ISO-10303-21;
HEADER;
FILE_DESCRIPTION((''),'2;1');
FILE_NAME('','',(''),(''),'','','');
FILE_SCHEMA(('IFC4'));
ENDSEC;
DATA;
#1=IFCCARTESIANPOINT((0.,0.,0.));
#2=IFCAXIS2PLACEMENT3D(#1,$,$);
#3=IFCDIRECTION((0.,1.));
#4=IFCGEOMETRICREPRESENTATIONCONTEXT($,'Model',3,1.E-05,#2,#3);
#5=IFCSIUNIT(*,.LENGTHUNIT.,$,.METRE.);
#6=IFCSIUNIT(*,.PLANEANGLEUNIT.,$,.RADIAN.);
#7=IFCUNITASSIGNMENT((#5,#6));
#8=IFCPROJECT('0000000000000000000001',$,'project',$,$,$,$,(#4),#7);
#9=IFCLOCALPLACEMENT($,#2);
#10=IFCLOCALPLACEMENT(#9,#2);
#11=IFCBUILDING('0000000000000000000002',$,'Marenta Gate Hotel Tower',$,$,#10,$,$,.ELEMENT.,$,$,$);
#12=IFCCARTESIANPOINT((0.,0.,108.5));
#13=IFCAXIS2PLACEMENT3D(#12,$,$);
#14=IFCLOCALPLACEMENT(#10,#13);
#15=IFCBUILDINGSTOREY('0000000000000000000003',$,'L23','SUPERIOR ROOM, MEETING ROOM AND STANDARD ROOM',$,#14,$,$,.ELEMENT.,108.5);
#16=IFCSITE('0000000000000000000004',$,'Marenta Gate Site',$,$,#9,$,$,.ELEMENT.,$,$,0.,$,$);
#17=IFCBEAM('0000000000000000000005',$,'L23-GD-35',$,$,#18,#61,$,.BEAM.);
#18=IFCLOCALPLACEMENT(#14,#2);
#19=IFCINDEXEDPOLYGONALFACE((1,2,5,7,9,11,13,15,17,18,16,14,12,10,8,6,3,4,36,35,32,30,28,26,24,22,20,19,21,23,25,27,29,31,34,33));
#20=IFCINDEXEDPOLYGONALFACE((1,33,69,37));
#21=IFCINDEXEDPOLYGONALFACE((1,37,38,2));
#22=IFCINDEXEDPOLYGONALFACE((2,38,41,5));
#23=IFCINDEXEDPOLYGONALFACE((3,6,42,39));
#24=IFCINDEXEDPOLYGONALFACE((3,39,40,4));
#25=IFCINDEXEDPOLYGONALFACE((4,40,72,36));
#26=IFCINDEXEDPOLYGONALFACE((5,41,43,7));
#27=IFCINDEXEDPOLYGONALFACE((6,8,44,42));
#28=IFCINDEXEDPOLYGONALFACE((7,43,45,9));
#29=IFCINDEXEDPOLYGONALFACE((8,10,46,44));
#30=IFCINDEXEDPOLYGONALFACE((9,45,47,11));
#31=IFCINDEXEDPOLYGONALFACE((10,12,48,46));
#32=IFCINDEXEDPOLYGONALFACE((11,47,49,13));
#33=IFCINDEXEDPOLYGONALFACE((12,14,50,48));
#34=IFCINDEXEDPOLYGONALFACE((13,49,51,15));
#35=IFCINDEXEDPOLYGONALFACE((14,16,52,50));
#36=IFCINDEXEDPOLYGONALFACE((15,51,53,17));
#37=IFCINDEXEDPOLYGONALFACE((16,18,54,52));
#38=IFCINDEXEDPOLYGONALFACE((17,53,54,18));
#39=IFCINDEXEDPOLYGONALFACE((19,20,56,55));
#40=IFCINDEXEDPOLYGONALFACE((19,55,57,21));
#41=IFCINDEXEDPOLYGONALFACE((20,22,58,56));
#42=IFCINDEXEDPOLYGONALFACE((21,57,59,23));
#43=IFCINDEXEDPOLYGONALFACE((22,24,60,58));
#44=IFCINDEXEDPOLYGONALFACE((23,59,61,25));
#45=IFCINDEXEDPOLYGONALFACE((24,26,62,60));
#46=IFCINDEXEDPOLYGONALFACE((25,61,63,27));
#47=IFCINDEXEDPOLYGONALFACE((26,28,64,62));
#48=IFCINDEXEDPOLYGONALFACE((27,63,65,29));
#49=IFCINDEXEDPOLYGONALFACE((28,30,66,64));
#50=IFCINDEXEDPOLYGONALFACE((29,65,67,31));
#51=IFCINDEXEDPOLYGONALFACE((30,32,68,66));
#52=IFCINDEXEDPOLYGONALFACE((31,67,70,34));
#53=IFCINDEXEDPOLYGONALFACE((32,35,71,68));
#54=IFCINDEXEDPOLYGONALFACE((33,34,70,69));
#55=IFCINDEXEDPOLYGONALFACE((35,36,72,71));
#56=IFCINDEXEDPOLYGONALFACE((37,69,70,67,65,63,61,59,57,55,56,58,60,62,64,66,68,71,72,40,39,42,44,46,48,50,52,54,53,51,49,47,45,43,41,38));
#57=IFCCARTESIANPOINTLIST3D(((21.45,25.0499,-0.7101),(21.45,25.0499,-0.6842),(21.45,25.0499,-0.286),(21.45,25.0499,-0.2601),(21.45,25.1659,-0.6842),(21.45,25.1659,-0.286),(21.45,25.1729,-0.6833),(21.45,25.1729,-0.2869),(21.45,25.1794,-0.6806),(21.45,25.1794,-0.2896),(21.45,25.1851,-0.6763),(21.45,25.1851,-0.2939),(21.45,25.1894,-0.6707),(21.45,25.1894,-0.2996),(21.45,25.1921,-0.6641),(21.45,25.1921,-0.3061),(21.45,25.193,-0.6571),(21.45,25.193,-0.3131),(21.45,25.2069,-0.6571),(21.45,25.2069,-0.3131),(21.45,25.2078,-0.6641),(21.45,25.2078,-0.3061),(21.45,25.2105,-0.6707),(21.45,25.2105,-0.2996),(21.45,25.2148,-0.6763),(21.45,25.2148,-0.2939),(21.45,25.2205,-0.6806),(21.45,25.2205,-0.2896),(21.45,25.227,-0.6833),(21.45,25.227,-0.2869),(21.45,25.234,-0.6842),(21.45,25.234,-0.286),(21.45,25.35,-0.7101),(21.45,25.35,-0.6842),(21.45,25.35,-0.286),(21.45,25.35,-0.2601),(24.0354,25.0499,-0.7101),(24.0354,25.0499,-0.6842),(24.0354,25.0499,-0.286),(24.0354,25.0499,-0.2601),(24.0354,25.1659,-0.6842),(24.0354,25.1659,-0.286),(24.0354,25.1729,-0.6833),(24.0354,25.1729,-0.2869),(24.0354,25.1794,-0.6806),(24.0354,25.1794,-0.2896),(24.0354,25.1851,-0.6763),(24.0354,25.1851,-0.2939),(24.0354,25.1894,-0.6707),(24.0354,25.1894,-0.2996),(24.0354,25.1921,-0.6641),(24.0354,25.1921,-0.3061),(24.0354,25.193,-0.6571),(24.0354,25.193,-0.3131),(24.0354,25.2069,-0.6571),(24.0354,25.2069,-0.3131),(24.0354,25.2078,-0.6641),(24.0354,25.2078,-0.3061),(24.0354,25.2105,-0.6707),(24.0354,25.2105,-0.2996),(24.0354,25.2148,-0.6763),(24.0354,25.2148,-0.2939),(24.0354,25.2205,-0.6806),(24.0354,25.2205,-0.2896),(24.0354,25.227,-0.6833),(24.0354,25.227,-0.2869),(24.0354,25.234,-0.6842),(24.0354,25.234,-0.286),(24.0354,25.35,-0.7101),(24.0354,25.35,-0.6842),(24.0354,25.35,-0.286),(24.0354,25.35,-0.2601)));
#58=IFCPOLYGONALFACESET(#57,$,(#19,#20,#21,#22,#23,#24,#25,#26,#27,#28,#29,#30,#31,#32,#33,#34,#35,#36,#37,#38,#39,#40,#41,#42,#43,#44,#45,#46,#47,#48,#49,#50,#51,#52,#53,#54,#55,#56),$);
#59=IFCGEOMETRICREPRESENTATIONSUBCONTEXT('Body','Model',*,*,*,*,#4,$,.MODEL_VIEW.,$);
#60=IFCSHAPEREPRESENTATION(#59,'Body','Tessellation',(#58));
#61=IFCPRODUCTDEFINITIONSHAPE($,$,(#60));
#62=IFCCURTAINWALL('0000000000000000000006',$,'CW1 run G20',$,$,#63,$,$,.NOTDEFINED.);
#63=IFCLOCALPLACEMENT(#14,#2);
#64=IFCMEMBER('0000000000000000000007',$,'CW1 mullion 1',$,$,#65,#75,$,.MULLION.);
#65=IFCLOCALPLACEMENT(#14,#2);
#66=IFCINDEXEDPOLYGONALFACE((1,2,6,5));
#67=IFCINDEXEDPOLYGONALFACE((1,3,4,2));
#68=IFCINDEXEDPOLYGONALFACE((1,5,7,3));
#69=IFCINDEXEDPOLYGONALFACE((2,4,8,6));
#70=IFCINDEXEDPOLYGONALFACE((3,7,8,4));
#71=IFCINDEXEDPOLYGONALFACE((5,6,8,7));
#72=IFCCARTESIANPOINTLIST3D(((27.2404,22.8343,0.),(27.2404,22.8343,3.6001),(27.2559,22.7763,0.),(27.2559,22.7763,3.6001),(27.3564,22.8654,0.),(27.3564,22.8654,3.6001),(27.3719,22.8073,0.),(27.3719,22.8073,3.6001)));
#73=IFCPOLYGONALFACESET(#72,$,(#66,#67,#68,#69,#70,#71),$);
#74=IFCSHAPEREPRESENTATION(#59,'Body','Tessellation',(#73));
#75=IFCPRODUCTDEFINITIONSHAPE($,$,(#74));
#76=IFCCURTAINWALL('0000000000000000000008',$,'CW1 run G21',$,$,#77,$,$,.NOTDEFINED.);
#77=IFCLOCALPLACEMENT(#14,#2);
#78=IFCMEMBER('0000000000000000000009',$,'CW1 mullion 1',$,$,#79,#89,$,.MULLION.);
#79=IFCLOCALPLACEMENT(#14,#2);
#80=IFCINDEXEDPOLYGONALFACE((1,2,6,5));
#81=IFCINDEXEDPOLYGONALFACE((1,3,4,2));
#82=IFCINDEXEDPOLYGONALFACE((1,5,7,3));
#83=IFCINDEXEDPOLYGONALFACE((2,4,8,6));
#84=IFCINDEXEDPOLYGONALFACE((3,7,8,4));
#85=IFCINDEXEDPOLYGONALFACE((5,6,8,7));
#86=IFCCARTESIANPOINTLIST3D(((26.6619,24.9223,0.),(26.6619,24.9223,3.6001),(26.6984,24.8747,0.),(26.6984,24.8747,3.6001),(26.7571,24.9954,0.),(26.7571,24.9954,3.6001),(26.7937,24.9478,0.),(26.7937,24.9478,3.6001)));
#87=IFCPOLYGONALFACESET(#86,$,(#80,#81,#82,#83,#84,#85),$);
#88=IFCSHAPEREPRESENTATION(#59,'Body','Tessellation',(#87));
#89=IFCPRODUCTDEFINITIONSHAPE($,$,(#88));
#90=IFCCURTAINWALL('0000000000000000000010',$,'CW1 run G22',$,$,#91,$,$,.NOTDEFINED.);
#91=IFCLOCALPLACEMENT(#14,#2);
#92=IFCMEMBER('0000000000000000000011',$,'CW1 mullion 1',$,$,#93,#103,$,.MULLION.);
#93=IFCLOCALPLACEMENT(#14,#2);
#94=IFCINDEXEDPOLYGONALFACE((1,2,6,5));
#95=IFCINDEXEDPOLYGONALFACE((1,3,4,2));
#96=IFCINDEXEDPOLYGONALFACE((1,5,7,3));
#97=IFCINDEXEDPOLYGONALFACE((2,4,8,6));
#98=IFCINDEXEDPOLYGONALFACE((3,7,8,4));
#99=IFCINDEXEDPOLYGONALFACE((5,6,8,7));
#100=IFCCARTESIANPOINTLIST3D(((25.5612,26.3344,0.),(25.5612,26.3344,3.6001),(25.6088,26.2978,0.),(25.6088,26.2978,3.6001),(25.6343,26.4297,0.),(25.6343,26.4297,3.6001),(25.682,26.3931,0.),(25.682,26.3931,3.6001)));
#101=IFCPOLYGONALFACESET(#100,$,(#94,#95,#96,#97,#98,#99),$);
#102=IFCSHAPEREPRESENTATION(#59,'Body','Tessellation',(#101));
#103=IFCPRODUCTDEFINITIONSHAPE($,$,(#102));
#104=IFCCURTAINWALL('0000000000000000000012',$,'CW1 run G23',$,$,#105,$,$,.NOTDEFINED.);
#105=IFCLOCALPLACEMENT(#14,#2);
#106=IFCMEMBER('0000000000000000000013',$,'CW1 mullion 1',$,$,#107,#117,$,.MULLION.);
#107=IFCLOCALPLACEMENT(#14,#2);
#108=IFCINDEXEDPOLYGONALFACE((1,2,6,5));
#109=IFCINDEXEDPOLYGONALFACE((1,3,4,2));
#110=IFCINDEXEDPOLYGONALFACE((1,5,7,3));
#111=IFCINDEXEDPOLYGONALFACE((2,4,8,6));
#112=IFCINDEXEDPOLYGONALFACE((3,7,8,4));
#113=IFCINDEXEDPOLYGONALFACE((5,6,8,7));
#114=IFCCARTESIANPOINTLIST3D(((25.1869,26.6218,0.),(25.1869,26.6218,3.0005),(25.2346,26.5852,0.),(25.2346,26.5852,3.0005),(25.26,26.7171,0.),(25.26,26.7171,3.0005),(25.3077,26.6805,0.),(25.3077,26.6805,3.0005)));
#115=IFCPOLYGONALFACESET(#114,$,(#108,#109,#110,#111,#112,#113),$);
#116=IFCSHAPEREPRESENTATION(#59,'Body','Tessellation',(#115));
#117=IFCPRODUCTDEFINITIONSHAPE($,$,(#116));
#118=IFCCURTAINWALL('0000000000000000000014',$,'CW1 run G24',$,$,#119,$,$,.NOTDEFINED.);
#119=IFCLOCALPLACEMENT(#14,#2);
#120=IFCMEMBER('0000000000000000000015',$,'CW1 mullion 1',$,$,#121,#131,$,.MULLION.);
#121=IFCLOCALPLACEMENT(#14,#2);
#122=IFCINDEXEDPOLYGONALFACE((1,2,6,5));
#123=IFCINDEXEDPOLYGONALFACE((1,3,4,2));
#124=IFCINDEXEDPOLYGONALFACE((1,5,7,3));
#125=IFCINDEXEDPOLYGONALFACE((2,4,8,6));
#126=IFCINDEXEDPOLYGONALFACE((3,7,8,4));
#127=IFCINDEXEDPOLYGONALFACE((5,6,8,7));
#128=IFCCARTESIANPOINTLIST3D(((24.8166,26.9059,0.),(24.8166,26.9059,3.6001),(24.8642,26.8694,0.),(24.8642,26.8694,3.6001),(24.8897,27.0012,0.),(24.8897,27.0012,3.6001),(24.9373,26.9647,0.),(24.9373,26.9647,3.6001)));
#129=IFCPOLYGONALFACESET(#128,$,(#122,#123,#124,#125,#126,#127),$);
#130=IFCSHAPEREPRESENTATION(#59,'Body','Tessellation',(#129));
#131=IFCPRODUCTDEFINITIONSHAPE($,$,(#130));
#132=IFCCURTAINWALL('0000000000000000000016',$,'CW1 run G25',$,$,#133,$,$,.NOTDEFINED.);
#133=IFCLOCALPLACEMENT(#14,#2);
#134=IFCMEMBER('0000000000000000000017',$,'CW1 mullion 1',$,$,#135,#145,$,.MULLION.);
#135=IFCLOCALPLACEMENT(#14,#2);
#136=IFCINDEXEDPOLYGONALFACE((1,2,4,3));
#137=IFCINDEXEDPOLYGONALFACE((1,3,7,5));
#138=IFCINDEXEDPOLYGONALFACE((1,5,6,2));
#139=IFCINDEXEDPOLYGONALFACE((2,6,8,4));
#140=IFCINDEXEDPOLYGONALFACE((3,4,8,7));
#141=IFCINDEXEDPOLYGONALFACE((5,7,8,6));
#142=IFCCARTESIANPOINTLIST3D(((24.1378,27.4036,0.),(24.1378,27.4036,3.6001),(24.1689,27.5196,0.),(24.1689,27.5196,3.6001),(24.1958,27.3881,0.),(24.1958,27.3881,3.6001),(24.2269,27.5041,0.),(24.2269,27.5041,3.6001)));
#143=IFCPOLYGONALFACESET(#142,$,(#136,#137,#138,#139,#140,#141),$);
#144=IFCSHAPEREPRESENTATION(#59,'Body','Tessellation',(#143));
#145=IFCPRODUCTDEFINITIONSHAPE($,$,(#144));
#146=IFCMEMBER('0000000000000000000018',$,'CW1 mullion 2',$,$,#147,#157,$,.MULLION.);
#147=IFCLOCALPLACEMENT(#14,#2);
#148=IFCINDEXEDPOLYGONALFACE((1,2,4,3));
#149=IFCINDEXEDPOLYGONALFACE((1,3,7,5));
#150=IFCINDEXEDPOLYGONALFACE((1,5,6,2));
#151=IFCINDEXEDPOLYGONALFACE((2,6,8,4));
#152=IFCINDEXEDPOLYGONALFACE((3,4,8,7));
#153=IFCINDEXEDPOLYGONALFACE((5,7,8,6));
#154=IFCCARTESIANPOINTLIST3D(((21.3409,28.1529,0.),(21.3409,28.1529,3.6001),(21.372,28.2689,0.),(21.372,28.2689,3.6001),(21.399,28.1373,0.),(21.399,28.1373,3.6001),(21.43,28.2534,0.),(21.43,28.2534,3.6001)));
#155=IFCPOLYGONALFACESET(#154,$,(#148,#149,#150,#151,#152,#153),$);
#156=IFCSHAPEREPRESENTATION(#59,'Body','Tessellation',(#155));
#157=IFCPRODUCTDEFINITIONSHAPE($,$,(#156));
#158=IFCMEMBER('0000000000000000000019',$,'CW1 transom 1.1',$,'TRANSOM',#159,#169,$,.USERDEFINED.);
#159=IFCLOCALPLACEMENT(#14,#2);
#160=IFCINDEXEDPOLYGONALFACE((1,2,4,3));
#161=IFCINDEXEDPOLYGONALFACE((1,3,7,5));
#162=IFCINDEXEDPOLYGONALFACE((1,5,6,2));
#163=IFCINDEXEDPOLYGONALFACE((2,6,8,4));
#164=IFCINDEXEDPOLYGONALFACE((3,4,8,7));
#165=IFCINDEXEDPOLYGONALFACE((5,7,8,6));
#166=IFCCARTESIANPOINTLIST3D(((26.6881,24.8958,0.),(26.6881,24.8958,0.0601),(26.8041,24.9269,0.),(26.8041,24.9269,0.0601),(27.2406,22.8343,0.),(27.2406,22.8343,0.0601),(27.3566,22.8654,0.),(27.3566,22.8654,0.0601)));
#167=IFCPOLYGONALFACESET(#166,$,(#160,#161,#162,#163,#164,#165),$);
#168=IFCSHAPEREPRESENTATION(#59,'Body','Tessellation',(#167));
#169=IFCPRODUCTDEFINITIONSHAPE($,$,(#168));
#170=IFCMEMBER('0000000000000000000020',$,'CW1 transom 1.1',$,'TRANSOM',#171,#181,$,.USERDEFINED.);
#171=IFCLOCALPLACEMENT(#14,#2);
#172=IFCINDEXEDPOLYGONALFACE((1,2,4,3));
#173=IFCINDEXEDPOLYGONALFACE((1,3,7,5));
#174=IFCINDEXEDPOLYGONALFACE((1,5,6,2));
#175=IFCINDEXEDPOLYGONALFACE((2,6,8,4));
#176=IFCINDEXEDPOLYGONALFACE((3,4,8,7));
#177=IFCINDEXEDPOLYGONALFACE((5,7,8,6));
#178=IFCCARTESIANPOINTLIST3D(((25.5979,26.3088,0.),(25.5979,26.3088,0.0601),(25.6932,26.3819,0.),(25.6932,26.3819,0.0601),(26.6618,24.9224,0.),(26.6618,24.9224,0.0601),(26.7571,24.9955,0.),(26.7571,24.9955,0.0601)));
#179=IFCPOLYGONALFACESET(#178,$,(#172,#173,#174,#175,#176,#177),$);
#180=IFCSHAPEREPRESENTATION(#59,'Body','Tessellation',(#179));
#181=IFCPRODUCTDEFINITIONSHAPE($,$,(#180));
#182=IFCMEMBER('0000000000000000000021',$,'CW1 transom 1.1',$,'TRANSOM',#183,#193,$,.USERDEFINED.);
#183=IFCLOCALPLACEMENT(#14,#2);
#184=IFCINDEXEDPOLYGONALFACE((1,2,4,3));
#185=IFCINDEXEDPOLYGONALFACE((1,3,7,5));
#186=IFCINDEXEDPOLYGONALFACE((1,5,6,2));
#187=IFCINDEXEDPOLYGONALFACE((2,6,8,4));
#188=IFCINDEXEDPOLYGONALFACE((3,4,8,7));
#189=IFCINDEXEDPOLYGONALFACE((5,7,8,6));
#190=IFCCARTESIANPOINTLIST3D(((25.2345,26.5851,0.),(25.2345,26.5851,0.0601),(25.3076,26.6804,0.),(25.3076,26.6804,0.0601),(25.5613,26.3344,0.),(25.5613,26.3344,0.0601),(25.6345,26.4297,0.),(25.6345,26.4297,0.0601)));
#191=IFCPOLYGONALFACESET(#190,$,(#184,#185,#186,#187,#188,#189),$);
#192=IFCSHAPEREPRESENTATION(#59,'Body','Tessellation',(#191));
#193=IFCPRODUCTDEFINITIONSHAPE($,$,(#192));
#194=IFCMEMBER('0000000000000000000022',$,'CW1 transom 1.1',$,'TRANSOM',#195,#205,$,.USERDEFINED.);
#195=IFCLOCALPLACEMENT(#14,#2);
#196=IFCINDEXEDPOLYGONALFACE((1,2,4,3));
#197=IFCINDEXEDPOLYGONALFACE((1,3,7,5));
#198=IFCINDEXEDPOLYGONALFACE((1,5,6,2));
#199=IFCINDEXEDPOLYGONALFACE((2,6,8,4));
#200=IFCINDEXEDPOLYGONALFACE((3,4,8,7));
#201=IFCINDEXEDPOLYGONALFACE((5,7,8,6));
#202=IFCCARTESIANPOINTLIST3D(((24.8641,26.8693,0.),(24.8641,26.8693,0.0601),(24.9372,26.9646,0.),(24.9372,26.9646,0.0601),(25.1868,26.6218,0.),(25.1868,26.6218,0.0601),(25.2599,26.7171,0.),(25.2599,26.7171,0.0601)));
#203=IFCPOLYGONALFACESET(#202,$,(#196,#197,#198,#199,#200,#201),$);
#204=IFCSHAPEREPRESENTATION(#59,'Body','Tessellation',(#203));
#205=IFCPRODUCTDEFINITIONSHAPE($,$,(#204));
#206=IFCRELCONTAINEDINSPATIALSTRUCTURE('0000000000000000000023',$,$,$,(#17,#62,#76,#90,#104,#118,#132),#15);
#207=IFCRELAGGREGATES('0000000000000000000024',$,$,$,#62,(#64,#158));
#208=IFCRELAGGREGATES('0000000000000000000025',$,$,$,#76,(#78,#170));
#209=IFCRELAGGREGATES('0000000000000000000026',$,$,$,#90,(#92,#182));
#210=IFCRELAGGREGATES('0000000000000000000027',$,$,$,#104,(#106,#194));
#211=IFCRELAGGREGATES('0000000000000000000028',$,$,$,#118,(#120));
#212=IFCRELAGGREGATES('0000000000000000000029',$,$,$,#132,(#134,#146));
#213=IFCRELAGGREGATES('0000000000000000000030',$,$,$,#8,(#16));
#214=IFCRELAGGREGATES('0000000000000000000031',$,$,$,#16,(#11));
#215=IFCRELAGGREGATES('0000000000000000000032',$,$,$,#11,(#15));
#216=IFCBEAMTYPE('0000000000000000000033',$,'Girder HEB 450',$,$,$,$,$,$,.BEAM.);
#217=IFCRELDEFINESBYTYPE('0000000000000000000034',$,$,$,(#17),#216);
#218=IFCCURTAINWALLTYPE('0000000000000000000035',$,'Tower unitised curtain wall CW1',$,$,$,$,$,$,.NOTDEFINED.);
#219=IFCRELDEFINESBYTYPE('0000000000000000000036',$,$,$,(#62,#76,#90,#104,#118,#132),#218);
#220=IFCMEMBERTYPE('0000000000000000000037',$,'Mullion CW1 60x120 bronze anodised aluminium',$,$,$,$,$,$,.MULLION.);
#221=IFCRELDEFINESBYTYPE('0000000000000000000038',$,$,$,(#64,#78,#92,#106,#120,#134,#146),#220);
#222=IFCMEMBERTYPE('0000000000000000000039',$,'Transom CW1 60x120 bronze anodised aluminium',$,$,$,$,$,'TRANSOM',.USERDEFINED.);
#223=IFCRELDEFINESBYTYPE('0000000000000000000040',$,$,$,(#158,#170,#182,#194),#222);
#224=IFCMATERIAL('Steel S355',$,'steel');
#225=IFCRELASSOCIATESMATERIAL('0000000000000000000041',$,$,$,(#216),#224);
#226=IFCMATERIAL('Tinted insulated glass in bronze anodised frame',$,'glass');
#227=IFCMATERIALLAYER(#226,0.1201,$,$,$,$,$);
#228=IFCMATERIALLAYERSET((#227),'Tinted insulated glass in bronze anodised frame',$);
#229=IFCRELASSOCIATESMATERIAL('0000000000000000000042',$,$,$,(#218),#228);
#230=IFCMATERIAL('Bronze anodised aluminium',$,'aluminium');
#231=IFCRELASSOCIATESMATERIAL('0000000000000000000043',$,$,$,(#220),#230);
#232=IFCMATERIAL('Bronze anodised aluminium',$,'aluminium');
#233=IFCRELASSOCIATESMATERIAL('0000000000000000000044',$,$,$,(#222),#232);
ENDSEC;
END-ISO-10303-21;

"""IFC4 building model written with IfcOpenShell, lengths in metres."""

from ifc_helpers import new_model, si_unit, direction, frame, origin, origin_2d, place, context, subcontext, project, spatial, rectangle, i_section, extrude, material, layer, layer_set, material_profile, profile_set, type_object, element, aggregate, save


model = new_model("IFC4")

# Units and contexts
model_context = context("Model", 3, precision=1e-05, world=origin(), true_north=direction((0.0, 1.0)))
body_context = subcontext(model_context, "Body", "Model", "MODEL_VIEW")
ifc_project = project(units=[si_unit("LENGTHUNIT", "METRE"), si_unit("PLANEANGLEUNIT", "RADIAN")], contexts=[model_context])

# Site, building, storey
site_placement = place(None, origin())
site = spatial("IfcSite", under=ifc_project, at=site_placement, Name="Marenta Gate Site", CompositionType="ELEMENT", RefElevation=0.0)
building_placement = place(site_placement, origin())
building = spatial("IfcBuilding", under=site, at=building_placement, Name="Marenta Gate Hotel Tower", CompositionType="ELEMENT")
storey_placement = place(building_placement, frame((0.0, 0.0, 108.5)))
storey = spatial("IfcBuildingStorey", under=building, at=storey_placement, Name="L23", Description="SUPERIOR ROOM, MEETING ROOM AND STANDARD ROOM", CompositionType="ELEMENT", Elevation=108.5)

# Beam
ifc_material_1 = material(Name="Steel S355", Category="steel")
ifc_material_profile_1 = material_profile(ifc_material_1, i_section(OverallWidth=0.3, OverallDepth=0.45, WebThickness=0.0139, FlangeThickness=0.0259, FilletRadius=0.0271, at=origin_2d()), Name="HEB 450")
ifc_profile_set_1 = profile_set([ifc_material_profile_1], Name="Steel S355")
beam_type_1 = type_object("IfcBeamType", Name="Girder HEB 450", PredefinedType="BEAM", material=ifc_profile_set_1)
beam_1_placement = place(storey_placement, frame((21.45, 25.2, -0.4851), z_axis=(1.0, 0.0, 0.0), x_axis=(0.0, 1.0, 0.0)))
element("IfcBeam", 1, at=beam_1_placement, inside=storey, type_object=beam_type_1, Name="L23-GD-35", PredefinedType="BEAM", context=body_context, shape_type="SweptSolid", body=[
    extrude(i_section(OverallWidth=0.3, OverallDepth=0.45, WebThickness=0.0139, FlangeThickness=0.0259, FilletRadius=0.0271, at=origin_2d()), origin(), (0.0, 0.0, 1.0), 2.5854),
])

# Curtain walls, members
ifc_material_2 = material(Name="Tinted insulated glass in bronze anodised frame", Category="glass")
ifc_layer_1 = layer(ifc_material_2, 0.1201)
ifc_layer_set_1 = layer_set([ifc_layer_1], Name="Tinted insulated glass in bronze anodised frame")
curtain_wall_type = type_object("IfcCurtainWallType", Name="Tower unitised curtain wall CW1", PredefinedType="NOTDEFINED", material=ifc_layer_set_1)
curtain_wall_1_placement = place(storey_placement, origin())
curtain_wall_1 = element("IfcCurtainWall", 2, at=curtain_wall_1_placement, inside=storey, type_object=curtain_wall_type, Name="CW1 run G20", PredefinedType="NOTDEFINED")
ifc_material_3 = material(Name="Bronze anodised aluminium", Category="aluminium")
ifc_material_profile_2 = material_profile(ifc_material_3, rectangle(XDim=0.1201, YDim=0.0601, at=origin_2d()), Name="Mullion CW1 60x120 bronze anodised aluminium")
ifc_profile_set_2 = profile_set([ifc_material_profile_2], Name="Bronze anodised aluminium")
member_type_1 = type_object("IfcMemberType", Name="Mullion CW1 60x120 bronze anodised aluminium", PredefinedType="MULLION", material=ifc_profile_set_2)
member_1_placement = place(storey_placement, frame((27.3062, 22.8208, 0.0), z_axis=(0.0, 0.0, 1.0), x_axis=(-0.965925, -0.258823, 0.0)))
member_1 = element("IfcMember", 3, at=member_1_placement, type_object=member_type_1, Name="CW1 mullion 1", PredefinedType="MULLION", context=body_context, shape_type="SweptSolid", body=[
    extrude(rectangle(XDim=0.1201, YDim=0.0601, at=origin_2d()), origin(), (0.0, 0.0, 1.0), 3.6001),
])
curtain_wall_2_placement = place(storey_placement, origin())
curtain_wall_2 = element("IfcCurtainWall", 4, at=curtain_wall_2_placement, inside=storey, type_object=curtain_wall_type, Name="CW1 run G21", PredefinedType="NOTDEFINED")
member_2_placement = place(storey_placement, frame((26.7278, 24.9351, 0.0), z_axis=(0.0, 0.0, 1.0), x_axis=(-0.793327, -0.608796, 0.0)))
member_2 = element("IfcMember", 5, at=member_2_placement, type_object=member_type_1, Name="CW1 mullion 1", PredefinedType="MULLION", context=body_context, shape_type="SweptSolid", body=[
    extrude(rectangle(XDim=0.1201, YDim=0.0601, at=origin_2d()), origin(), (0.0, 0.0, 1.0), 3.6001),
])
curtain_wall_3_placement = place(storey_placement, origin())
curtain_wall_3 = element("IfcCurtainWall", 6, at=curtain_wall_3_placement, inside=storey, type_object=curtain_wall_type, Name="CW1 run G22", PredefinedType="NOTDEFINED")
member_3_placement = place(storey_placement, frame((25.6216, 26.3638, 0.0), z_axis=(0.0, 0.0, 1.0), x_axis=(-0.608778, -0.79334, 0.0)))
member_3 = element("IfcMember", 7, at=member_3_placement, type_object=member_type_1, Name="CW1 mullion 1", PredefinedType="MULLION", context=body_context, shape_type="SweptSolid", body=[
    extrude(rectangle(XDim=0.1201, YDim=0.0601, at=origin_2d()), origin(), (0.0, 0.0, 1.0), 3.6001),
])
curtain_wall_4_placement = place(storey_placement, origin())
curtain_wall_4 = element("IfcCurtainWall", 8, at=curtain_wall_4_placement, inside=storey, type_object=curtain_wall_type, Name="CW1 run G23", PredefinedType="NOTDEFINED")
member_4_placement = place(storey_placement, frame((25.2473, 26.6511, 0.0), z_axis=(0.0, 0.0, 1.0), x_axis=(-0.608737, -0.793372, 0.0)))
member_4 = element("IfcMember", 9, at=member_4_placement, type_object=member_type_1, Name="CW1 mullion 1", PredefinedType="MULLION", context=body_context, shape_type="SweptSolid", body=[
    extrude(rectangle(XDim=0.1201, YDim=0.0601, at=origin_2d()), origin(), (0.0, 0.0, 1.0), 3.0005),
])
curtain_wall_5_placement = place(storey_placement, origin())
curtain_wall_5 = element("IfcCurtainWall", 10, at=curtain_wall_5_placement, inside=storey, type_object=curtain_wall_type, Name="CW1 run G24", PredefinedType="NOTDEFINED")
member_5_placement = place(storey_placement, frame((24.877, 26.9353, 0.0), z_axis=(0.0, 0.0, 1.0), x_axis=(-0.608837, -0.793295, 0.0)))
member_5 = element("IfcMember", 11, at=member_5_placement, type_object=member_type_1, Name="CW1 mullion 1", PredefinedType="MULLION", context=body_context, shape_type="SweptSolid", body=[
    extrude(rectangle(XDim=0.1201, YDim=0.0601, at=origin_2d()), origin(), (0.0, 0.0, 1.0), 3.6001),
])

# Curtain wall, members
curtain_wall_6_placement = place(storey_placement, origin())
curtain_wall_6 = element("IfcCurtainWall", 12, at=curtain_wall_6_placement, inside=storey, type_object=curtain_wall_type, Name="CW1 run G25", PredefinedType="NOTDEFINED")
member_6_placement = place(storey_placement, frame((24.1824, 27.4539, 0.0), z_axis=(0.0, 0.0, 1.0), x_axis=(-0.258806, -0.965929, 0.0)))
member_6 = element("IfcMember", 13, at=member_6_placement, type_object=member_type_1, Name="CW1 mullion 1", PredefinedType="MULLION", context=body_context, shape_type="SweptSolid", body=[
    extrude(rectangle(XDim=0.1201, YDim=0.0601, at=origin_2d()), origin(), (0.0, 0.0, 1.0), 3.6001),
])
member_7_placement = place(storey_placement, frame((21.3855, 28.2031, 0.0), z_axis=(0.0, 0.0, 1.0), x_axis=(-0.258806, -0.965929, 0.0)))
member_7 = element("IfcMember", 14, at=member_7_placement, type_object=member_type_1, Name="CW1 mullion 2", PredefinedType="MULLION", context=body_context, shape_type="SweptSolid", body=[
    extrude(rectangle(XDim=0.1201, YDim=0.0601, at=origin_2d()), origin(), (0.0, 0.0, 1.0), 3.6001),
])

# Members
ifc_material_4 = material(Name="Bronze anodised aluminium", Category="aluminium")
ifc_material_profile_3 = material_profile(ifc_material_4, rectangle(XDim=0.1201, YDim=0.0601, at=origin_2d()), Name="Transom CW1 60x120 bronze anodised aluminium")
ifc_profile_set_3 = profile_set([ifc_material_profile_3], Name="Bronze anodised aluminium")
member_type_2 = type_object("IfcMemberType", Name="Transom CW1 60x120 bronze anodised aluminium", ElementType="TRANSOM", PredefinedType="USERDEFINED", material=ifc_profile_set_3)
member_8_placement = place(storey_placement, frame((27.2986, 22.8499, 0.03), z_axis=(-0.258866, 0.965913, 0.0), x_axis=(-0.965913, -0.258866, 0.0)))
member_8 = element("IfcMember", 15, at=member_8_placement, type_object=member_type_2, Name="CW1 transom 1.1", ObjectType="TRANSOM", PredefinedType="USERDEFINED", context=body_context, shape_type="SweptSolid", body=[
    extrude(rectangle(XDim=0.1201, YDim=0.0601, at=origin_2d()), origin(), (0.0, 0.0, 1.0), 2.1343),
])
member_9_placement = place(storey_placement, frame((26.7095, 24.959, 0.03), z_axis=(-0.608792, 0.79333, 0.0), x_axis=(-0.79333, -0.608792, 0.0)))
member_9 = element("IfcMember", 16, at=member_9_placement, type_object=member_type_2, Name="CW1 transom 1.1", ObjectType="TRANSOM", PredefinedType="USERDEFINED", context=body_context, shape_type="SweptSolid", body=[
    extrude(rectangle(XDim=0.1201, YDim=0.0601, at=origin_2d()), origin(), (0.0, 0.0, 1.0), 1.7476),
])
member_10_placement = place(storey_placement, frame((25.5979, 26.3821, 0.03), z_axis=(-0.793482, 0.608593, 0.0), x_axis=(-0.608593, -0.793482, 0.0)))
member_10 = element("IfcMember", 17, at=member_10_placement, type_object=member_type_2, Name="CW1 transom 1.1", ObjectType="TRANSOM", PredefinedType="USERDEFINED", context=body_context, shape_type="SweptSolid", body=[
    extrude(rectangle(XDim=0.1201, YDim=0.0601, at=origin_2d()), origin(), (0.0, 0.0, 1.0), 0.4119),
])
member_11_placement = place(storey_placement, frame((25.2234, 26.6694, 0.03), z_axis=(-0.793471, 0.608608, 0.0), x_axis=(-0.608608, -0.793471, 0.0)))
member_11 = element("IfcMember", 18, at=member_11_placement, type_object=member_type_2, Name="CW1 transom 1.1", ObjectType="TRANSOM", PredefinedType="USERDEFINED", context=body_context, shape_type="SweptSolid", body=[
    extrude(rectangle(XDim=0.1201, YDim=0.0601, at=origin_2d()), origin(), (0.0, 0.0, 1.0), 0.4067),
])

aggregate(curtain_wall_1, [member_1, member_8])
aggregate(curtain_wall_2, [member_2, member_9])
aggregate(curtain_wall_3, [member_3, member_10])
aggregate(curtain_wall_4, [member_4, member_11])
aggregate(curtain_wall_5, [member_5])
aggregate(curtain_wall_6, [member_6, member_7])

save(model, "model.ifc")
